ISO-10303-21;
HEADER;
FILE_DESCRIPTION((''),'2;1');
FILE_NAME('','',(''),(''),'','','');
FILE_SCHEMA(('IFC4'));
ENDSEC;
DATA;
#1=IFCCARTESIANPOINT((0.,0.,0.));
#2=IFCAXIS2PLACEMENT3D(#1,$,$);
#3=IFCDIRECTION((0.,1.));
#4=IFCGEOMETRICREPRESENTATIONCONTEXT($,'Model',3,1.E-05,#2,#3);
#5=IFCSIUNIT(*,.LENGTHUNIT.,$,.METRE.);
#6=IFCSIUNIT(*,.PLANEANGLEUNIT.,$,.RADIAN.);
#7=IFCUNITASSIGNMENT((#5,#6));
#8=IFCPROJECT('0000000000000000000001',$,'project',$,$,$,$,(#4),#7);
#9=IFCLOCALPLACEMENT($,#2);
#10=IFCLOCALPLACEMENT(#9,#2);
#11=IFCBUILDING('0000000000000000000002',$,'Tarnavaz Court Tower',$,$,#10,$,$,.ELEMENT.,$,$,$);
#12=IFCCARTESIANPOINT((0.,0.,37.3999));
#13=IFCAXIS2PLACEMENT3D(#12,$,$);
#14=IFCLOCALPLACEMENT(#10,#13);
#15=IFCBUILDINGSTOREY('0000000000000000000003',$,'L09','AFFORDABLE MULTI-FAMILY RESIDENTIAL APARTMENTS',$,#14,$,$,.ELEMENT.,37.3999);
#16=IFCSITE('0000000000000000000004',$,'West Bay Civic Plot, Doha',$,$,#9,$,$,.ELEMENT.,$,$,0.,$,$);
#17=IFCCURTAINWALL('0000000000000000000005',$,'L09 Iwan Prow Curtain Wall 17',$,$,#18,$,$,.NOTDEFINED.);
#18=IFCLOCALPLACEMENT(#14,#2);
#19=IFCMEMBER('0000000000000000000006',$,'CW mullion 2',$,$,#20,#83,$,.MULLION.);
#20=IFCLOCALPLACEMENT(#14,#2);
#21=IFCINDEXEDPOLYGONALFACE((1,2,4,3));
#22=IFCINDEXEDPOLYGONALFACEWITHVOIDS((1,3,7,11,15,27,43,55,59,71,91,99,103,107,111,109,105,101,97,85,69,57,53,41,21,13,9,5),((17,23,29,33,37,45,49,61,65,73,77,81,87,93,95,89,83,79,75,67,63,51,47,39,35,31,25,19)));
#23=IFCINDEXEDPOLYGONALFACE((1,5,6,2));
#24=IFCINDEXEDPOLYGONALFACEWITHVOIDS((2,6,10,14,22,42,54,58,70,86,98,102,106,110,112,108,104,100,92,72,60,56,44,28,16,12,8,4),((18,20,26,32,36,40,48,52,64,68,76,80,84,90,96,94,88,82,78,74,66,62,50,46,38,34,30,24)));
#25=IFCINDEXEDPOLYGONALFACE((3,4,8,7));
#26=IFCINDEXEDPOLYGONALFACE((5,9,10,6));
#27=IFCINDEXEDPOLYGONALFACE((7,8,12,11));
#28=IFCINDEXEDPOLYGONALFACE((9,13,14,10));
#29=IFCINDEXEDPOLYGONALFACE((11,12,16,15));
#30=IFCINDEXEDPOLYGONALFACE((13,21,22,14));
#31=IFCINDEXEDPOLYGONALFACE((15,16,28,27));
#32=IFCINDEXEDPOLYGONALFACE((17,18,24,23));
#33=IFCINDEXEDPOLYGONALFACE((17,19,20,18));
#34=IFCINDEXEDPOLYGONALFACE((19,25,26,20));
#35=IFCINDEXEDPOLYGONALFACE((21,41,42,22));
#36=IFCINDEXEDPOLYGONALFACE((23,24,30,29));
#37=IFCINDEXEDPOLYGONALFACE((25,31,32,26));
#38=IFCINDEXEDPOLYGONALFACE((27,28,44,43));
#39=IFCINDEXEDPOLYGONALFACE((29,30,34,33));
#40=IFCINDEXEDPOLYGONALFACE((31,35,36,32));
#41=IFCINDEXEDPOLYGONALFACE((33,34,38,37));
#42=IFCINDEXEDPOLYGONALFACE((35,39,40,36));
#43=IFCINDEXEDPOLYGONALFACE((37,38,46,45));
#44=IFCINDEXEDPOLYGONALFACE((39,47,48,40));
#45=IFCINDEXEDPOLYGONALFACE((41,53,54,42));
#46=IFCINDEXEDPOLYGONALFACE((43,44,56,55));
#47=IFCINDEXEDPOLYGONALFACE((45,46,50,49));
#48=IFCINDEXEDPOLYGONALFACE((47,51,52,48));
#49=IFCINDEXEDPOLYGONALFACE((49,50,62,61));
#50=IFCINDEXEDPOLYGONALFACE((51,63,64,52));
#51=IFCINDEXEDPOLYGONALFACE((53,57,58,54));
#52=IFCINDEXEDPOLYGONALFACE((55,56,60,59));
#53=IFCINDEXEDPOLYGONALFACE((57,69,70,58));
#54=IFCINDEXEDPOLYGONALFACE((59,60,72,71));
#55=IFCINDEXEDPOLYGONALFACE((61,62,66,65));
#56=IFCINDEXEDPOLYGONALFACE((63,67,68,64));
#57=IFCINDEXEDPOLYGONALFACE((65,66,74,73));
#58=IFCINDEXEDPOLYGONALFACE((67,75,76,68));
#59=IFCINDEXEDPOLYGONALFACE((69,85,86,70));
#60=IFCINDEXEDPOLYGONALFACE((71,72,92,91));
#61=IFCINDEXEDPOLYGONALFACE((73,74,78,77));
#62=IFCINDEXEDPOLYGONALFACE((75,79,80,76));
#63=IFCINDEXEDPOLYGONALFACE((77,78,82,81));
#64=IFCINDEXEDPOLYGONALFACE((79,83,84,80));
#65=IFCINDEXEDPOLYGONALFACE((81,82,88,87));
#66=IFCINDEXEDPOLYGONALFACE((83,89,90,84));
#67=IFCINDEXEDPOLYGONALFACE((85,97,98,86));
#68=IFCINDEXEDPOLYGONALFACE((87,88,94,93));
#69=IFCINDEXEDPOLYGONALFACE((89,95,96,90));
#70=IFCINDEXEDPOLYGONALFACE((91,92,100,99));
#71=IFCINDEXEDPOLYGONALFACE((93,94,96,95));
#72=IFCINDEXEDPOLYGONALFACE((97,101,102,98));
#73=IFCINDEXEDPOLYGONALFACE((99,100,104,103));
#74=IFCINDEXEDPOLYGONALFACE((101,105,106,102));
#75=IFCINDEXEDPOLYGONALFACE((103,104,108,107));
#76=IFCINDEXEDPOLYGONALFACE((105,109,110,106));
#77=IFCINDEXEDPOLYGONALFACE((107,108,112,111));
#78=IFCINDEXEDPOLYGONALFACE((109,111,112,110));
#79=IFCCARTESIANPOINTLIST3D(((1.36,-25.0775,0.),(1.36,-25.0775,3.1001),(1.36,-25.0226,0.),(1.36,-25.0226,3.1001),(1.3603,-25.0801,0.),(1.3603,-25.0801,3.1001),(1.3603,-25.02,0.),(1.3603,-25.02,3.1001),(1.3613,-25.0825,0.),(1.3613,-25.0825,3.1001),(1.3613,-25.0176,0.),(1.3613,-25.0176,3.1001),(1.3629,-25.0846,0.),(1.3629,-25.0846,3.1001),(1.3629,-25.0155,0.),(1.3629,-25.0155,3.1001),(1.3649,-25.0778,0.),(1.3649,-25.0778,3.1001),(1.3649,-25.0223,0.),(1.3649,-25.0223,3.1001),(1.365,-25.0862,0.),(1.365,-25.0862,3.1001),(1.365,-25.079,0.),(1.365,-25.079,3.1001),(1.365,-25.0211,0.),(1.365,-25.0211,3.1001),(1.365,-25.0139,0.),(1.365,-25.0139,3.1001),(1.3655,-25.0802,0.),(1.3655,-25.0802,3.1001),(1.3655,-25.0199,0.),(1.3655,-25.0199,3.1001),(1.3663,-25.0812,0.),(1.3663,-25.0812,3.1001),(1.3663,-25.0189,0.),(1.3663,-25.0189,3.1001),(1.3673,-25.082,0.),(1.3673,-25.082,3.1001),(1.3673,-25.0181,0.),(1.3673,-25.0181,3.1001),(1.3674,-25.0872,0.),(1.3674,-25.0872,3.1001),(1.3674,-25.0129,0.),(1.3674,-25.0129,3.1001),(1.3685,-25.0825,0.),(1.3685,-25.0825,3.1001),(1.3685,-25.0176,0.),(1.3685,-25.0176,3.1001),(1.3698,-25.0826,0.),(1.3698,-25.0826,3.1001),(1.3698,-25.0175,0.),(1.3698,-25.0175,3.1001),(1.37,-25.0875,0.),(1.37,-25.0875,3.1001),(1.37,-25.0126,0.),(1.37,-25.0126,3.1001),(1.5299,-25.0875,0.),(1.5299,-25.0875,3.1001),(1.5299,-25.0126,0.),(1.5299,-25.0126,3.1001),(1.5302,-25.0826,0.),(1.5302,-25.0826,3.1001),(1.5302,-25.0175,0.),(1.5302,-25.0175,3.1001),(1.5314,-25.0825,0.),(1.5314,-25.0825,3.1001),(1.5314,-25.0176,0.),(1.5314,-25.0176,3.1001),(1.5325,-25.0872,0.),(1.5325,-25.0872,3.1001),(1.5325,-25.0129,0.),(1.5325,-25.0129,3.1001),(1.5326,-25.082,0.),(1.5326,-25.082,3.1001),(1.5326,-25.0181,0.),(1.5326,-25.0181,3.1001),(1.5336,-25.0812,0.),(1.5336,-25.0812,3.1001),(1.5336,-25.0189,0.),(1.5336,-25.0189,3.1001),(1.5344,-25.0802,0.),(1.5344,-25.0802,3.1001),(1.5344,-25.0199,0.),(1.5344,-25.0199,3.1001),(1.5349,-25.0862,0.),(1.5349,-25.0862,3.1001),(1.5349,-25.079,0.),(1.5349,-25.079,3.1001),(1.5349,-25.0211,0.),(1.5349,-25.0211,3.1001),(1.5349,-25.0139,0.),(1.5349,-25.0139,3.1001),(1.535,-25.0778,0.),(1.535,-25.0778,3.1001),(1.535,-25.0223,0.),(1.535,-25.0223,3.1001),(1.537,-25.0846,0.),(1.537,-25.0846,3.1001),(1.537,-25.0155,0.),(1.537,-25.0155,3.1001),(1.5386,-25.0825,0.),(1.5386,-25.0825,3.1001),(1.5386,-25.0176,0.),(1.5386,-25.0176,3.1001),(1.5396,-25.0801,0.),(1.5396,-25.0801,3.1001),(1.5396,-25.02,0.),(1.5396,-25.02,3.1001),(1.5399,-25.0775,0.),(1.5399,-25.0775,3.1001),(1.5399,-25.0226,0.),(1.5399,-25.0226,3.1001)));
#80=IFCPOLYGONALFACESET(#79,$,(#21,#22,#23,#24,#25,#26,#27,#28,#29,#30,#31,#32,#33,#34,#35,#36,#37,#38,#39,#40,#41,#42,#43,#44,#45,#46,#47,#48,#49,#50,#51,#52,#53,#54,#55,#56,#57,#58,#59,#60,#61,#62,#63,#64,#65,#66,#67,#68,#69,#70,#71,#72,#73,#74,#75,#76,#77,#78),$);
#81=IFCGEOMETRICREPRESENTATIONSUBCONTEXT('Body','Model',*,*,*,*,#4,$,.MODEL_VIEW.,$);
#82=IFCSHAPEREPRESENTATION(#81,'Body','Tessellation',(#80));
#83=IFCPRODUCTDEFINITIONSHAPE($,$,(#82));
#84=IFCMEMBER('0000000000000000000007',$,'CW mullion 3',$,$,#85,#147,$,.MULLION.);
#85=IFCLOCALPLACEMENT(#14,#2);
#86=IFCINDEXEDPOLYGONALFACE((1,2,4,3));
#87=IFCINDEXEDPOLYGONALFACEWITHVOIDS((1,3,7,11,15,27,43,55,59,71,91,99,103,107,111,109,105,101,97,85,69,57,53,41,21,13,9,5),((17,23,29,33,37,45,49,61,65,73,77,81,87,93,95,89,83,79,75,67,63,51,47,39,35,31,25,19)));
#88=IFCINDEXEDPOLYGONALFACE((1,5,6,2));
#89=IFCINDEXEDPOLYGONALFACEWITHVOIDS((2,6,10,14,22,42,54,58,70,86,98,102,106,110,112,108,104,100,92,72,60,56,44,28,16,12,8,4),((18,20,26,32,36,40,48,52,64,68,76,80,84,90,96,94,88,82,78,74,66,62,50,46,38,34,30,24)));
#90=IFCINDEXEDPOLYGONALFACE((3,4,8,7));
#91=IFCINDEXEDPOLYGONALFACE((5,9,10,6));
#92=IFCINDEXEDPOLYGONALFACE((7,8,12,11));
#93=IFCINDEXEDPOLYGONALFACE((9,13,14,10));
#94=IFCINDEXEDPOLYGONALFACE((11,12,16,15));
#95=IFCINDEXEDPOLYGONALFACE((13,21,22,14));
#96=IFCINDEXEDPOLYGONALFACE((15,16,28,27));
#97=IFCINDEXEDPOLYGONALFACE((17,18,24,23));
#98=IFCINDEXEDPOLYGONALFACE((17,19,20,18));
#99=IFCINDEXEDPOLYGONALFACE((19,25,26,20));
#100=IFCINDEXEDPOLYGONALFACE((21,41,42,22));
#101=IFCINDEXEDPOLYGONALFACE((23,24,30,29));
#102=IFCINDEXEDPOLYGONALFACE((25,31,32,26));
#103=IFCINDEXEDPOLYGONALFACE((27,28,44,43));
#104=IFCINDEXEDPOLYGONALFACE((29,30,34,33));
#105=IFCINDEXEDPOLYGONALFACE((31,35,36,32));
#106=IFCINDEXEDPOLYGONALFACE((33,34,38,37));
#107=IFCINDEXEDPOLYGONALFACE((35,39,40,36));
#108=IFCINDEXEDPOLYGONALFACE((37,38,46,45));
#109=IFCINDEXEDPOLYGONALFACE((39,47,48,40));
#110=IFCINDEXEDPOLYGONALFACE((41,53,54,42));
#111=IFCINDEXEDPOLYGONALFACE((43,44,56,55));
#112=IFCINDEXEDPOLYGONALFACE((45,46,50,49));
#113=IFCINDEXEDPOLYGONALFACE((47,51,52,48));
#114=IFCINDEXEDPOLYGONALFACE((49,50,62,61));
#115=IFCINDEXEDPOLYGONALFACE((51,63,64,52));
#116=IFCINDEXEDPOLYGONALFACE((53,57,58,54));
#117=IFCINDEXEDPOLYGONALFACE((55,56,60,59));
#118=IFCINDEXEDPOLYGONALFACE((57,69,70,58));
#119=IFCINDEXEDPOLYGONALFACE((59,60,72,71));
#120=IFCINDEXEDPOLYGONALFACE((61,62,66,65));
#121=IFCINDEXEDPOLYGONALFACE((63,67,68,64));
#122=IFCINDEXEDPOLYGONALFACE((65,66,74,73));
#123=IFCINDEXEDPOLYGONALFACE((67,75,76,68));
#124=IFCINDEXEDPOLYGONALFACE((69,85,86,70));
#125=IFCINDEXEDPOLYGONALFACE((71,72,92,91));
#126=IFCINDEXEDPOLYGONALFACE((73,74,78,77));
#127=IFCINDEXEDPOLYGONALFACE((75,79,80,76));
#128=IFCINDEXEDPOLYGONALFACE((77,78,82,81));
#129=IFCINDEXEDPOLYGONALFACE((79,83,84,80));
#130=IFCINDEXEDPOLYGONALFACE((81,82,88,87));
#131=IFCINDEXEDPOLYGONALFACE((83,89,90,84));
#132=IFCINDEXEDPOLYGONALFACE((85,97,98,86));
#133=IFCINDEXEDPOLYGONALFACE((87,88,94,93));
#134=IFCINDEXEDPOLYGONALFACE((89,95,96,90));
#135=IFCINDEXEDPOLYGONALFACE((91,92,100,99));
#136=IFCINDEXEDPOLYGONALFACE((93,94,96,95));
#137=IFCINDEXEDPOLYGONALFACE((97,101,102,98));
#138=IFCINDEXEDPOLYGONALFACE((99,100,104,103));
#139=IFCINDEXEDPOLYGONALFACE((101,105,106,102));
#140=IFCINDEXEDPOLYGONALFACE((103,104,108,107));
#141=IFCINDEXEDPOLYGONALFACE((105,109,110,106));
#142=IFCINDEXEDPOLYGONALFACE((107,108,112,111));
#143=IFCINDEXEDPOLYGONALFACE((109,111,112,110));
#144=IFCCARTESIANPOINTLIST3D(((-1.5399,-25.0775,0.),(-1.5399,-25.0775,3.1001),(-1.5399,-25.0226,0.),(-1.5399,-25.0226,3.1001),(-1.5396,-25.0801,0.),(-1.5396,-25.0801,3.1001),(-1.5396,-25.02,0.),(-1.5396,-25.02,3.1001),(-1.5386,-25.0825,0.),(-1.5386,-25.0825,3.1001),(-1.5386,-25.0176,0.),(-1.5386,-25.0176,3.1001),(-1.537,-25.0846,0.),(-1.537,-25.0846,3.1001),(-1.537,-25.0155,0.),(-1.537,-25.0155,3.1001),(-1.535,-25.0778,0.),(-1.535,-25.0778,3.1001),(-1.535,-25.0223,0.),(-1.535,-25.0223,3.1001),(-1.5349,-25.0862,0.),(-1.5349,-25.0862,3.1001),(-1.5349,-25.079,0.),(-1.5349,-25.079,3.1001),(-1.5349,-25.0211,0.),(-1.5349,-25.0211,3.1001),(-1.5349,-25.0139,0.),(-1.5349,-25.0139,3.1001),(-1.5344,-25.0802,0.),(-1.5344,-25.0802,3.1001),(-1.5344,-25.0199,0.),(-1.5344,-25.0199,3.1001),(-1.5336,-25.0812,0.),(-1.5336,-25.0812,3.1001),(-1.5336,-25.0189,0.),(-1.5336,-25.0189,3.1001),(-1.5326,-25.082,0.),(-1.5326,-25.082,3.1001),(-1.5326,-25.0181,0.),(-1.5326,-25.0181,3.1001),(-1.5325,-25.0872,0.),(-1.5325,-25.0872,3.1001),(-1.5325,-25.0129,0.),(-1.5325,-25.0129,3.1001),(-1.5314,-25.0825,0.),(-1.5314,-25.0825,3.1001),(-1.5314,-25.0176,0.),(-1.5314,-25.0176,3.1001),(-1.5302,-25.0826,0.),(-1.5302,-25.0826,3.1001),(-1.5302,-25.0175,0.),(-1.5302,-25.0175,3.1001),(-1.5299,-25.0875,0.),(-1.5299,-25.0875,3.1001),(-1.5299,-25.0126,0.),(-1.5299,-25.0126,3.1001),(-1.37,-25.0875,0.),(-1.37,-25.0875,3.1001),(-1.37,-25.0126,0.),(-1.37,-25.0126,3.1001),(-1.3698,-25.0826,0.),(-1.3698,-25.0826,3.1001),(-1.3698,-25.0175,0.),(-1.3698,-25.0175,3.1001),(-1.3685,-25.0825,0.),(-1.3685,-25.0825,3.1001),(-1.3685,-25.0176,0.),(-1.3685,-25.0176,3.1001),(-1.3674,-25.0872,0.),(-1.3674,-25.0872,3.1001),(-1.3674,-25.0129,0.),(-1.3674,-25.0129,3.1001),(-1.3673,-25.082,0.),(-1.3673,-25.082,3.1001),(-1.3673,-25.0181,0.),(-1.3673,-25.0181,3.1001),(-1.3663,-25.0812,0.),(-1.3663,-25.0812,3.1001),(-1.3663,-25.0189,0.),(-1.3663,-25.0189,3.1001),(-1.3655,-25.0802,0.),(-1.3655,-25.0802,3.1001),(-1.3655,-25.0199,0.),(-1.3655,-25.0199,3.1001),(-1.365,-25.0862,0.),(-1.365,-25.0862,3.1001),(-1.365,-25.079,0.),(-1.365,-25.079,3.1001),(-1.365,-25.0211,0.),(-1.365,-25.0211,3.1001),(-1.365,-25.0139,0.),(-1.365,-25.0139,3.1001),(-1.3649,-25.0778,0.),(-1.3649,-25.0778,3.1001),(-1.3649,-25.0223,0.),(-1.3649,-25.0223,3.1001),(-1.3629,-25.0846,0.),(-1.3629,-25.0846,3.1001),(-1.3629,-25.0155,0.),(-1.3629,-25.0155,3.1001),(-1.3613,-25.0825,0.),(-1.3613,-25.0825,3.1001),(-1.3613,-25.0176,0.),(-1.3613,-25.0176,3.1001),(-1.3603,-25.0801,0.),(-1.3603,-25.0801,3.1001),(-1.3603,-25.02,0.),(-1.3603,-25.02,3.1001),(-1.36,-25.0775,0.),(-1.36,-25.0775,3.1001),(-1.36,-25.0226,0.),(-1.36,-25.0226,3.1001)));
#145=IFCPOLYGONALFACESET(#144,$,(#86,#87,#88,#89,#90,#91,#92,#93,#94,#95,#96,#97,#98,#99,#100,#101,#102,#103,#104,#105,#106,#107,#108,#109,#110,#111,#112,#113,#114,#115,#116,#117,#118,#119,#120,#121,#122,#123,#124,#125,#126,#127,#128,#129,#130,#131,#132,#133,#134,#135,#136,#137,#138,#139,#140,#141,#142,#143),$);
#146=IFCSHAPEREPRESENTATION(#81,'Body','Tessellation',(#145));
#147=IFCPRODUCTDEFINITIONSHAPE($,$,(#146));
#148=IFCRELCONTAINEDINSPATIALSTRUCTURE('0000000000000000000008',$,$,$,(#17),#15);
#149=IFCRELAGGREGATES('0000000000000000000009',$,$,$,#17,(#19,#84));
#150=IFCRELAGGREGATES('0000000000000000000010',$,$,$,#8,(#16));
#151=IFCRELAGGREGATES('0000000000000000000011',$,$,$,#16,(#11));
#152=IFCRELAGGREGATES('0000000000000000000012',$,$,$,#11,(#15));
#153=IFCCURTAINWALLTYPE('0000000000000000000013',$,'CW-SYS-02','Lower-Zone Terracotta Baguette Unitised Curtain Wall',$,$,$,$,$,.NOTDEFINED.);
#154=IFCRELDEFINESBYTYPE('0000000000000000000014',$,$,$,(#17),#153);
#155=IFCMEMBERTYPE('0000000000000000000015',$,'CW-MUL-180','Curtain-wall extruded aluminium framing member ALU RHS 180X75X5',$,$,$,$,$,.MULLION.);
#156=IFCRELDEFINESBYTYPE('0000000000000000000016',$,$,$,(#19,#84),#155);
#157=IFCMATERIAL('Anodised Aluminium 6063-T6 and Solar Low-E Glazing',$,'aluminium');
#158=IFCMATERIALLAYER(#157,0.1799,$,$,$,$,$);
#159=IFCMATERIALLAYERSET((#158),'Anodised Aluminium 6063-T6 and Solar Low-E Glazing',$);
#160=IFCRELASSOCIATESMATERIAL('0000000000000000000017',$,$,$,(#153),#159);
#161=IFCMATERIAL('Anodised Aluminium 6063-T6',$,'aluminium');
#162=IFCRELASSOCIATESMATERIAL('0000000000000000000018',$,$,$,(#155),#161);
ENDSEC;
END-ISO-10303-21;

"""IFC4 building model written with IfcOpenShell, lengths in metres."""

from ifc_helpers import new_model, si_unit, direction, frame, origin, origin_2d, place, context, subcontext, project, spatial, hollow_rectangle, extrude, material, layer, layer_set, material_profile, profile_set, type_object, element, aggregate, save


model = new_model("IFC4")

# Units and contexts
model_context = context("Model", 3, precision=1e-05, world=origin(), true_north=direction((0.0, 1.0)))
body_context = subcontext(model_context, "Body", "Model", "MODEL_VIEW")
ifc_project = project(units=[si_unit("LENGTHUNIT", "METRE"), si_unit("PLANEANGLEUNIT", "RADIAN")], contexts=[model_context])

# Site, building, storey
site_placement = place(None, origin())
site = spatial("IfcSite", under=ifc_project, at=site_placement, Name="West Bay Civic Plot, Doha", CompositionType="ELEMENT", RefElevation=0.0)
building_placement = place(site_placement, origin())
building = spatial("IfcBuilding", under=site, at=building_placement, Name="Tarnavaz Court Tower", CompositionType="ELEMENT")
storey_placement = place(building_placement, frame((0.0, 0.0, 37.3999)))
storey = spatial("IfcBuildingStorey", under=building, at=storey_placement, Name="L09", Description="AFFORDABLE MULTI-FAMILY RESIDENTIAL APARTMENTS", CompositionType="ELEMENT", Elevation=37.3999)

# Curtain wall, members
ifc_material_1 = material(Name="Anodised Aluminium 6063-T6 and Solar Low-E Glazing", Category="aluminium")
ifc_layer_1 = layer(ifc_material_1, 0.1799)
ifc_layer_set_1 = layer_set([ifc_layer_1], Name="Anodised Aluminium 6063-T6 and Solar Low-E Glazing")
curtain_wall_type = type_object("IfcCurtainWallType", Name="CW-SYS-02", Description="Lower-Zone Terracotta Baguette Unitised Curtain Wall", PredefinedType="NOTDEFINED", material=ifc_layer_set_1)
curtain_wall_placement = place(storey_placement, origin())
curtain_wall = element("IfcCurtainWall", 1, at=curtain_wall_placement, inside=storey, type_object=curtain_wall_type, Name="L09 Iwan Prow Curtain Wall 17", PredefinedType="NOTDEFINED")
ifc_material_2 = material(Name="Anodised Aluminium 6063-T6", Category="aluminium")
ifc_material_profile_1 = material_profile(ifc_material_2, hollow_rectangle(XDim=0.075, YDim=0.1799, WallThickness=0.0049, InnerFilletRadius=0.0049, OuterFilletRadius=0.01, at=origin_2d()), Name="ALU RHS 180X75X5")
ifc_profile_set_1 = profile_set([ifc_material_profile_1], Name="Anodised Aluminium 6063-T6")
member_type_1 = type_object("IfcMemberType", Name="CW-MUL-180", Description="Curtain-wall extruded aluminium framing member ALU RHS 180X75X5", PredefinedType="MULLION", material=ifc_profile_set_1)
member_1_placement = place(storey_placement, frame((1.45, -25.05, 0.0), z_axis=(0.0, 0.0, 1.0), x_axis=(0.0, -1.0, 0.0)))
member_1 = element("IfcMember", 2, at=member_1_placement, type_object=member_type_1, Name="CW mullion 2", PredefinedType="MULLION", context=body_context, shape_type="SweptSolid", body=[
    extrude(hollow_rectangle(XDim=0.075, YDim=0.1799, WallThickness=0.0049, InnerFilletRadius=0.0049, OuterFilletRadius=0.01, at=origin_2d()), origin(), (0.0, 0.0, 1.0), 3.1001),
])
member_2_placement = place(storey_placement, frame((-1.45, -25.05, 0.0), z_axis=(0.0, 0.0, 1.0), x_axis=(0.0, -1.0, 0.0)))
member_2 = element("IfcMember", 3, at=member_2_placement, type_object=member_type_1, Name="CW mullion 3", PredefinedType="MULLION", context=body_context, shape_type="SweptSolid", body=[
    extrude(hollow_rectangle(XDim=0.075, YDim=0.1799, WallThickness=0.0049, InnerFilletRadius=0.0049, OuterFilletRadius=0.01, at=origin_2d()), origin(), (0.0, 0.0, 1.0), 3.1001),
])
aggregate(curtain_wall, [member_1, member_2])

save(model, "model.ifc")
